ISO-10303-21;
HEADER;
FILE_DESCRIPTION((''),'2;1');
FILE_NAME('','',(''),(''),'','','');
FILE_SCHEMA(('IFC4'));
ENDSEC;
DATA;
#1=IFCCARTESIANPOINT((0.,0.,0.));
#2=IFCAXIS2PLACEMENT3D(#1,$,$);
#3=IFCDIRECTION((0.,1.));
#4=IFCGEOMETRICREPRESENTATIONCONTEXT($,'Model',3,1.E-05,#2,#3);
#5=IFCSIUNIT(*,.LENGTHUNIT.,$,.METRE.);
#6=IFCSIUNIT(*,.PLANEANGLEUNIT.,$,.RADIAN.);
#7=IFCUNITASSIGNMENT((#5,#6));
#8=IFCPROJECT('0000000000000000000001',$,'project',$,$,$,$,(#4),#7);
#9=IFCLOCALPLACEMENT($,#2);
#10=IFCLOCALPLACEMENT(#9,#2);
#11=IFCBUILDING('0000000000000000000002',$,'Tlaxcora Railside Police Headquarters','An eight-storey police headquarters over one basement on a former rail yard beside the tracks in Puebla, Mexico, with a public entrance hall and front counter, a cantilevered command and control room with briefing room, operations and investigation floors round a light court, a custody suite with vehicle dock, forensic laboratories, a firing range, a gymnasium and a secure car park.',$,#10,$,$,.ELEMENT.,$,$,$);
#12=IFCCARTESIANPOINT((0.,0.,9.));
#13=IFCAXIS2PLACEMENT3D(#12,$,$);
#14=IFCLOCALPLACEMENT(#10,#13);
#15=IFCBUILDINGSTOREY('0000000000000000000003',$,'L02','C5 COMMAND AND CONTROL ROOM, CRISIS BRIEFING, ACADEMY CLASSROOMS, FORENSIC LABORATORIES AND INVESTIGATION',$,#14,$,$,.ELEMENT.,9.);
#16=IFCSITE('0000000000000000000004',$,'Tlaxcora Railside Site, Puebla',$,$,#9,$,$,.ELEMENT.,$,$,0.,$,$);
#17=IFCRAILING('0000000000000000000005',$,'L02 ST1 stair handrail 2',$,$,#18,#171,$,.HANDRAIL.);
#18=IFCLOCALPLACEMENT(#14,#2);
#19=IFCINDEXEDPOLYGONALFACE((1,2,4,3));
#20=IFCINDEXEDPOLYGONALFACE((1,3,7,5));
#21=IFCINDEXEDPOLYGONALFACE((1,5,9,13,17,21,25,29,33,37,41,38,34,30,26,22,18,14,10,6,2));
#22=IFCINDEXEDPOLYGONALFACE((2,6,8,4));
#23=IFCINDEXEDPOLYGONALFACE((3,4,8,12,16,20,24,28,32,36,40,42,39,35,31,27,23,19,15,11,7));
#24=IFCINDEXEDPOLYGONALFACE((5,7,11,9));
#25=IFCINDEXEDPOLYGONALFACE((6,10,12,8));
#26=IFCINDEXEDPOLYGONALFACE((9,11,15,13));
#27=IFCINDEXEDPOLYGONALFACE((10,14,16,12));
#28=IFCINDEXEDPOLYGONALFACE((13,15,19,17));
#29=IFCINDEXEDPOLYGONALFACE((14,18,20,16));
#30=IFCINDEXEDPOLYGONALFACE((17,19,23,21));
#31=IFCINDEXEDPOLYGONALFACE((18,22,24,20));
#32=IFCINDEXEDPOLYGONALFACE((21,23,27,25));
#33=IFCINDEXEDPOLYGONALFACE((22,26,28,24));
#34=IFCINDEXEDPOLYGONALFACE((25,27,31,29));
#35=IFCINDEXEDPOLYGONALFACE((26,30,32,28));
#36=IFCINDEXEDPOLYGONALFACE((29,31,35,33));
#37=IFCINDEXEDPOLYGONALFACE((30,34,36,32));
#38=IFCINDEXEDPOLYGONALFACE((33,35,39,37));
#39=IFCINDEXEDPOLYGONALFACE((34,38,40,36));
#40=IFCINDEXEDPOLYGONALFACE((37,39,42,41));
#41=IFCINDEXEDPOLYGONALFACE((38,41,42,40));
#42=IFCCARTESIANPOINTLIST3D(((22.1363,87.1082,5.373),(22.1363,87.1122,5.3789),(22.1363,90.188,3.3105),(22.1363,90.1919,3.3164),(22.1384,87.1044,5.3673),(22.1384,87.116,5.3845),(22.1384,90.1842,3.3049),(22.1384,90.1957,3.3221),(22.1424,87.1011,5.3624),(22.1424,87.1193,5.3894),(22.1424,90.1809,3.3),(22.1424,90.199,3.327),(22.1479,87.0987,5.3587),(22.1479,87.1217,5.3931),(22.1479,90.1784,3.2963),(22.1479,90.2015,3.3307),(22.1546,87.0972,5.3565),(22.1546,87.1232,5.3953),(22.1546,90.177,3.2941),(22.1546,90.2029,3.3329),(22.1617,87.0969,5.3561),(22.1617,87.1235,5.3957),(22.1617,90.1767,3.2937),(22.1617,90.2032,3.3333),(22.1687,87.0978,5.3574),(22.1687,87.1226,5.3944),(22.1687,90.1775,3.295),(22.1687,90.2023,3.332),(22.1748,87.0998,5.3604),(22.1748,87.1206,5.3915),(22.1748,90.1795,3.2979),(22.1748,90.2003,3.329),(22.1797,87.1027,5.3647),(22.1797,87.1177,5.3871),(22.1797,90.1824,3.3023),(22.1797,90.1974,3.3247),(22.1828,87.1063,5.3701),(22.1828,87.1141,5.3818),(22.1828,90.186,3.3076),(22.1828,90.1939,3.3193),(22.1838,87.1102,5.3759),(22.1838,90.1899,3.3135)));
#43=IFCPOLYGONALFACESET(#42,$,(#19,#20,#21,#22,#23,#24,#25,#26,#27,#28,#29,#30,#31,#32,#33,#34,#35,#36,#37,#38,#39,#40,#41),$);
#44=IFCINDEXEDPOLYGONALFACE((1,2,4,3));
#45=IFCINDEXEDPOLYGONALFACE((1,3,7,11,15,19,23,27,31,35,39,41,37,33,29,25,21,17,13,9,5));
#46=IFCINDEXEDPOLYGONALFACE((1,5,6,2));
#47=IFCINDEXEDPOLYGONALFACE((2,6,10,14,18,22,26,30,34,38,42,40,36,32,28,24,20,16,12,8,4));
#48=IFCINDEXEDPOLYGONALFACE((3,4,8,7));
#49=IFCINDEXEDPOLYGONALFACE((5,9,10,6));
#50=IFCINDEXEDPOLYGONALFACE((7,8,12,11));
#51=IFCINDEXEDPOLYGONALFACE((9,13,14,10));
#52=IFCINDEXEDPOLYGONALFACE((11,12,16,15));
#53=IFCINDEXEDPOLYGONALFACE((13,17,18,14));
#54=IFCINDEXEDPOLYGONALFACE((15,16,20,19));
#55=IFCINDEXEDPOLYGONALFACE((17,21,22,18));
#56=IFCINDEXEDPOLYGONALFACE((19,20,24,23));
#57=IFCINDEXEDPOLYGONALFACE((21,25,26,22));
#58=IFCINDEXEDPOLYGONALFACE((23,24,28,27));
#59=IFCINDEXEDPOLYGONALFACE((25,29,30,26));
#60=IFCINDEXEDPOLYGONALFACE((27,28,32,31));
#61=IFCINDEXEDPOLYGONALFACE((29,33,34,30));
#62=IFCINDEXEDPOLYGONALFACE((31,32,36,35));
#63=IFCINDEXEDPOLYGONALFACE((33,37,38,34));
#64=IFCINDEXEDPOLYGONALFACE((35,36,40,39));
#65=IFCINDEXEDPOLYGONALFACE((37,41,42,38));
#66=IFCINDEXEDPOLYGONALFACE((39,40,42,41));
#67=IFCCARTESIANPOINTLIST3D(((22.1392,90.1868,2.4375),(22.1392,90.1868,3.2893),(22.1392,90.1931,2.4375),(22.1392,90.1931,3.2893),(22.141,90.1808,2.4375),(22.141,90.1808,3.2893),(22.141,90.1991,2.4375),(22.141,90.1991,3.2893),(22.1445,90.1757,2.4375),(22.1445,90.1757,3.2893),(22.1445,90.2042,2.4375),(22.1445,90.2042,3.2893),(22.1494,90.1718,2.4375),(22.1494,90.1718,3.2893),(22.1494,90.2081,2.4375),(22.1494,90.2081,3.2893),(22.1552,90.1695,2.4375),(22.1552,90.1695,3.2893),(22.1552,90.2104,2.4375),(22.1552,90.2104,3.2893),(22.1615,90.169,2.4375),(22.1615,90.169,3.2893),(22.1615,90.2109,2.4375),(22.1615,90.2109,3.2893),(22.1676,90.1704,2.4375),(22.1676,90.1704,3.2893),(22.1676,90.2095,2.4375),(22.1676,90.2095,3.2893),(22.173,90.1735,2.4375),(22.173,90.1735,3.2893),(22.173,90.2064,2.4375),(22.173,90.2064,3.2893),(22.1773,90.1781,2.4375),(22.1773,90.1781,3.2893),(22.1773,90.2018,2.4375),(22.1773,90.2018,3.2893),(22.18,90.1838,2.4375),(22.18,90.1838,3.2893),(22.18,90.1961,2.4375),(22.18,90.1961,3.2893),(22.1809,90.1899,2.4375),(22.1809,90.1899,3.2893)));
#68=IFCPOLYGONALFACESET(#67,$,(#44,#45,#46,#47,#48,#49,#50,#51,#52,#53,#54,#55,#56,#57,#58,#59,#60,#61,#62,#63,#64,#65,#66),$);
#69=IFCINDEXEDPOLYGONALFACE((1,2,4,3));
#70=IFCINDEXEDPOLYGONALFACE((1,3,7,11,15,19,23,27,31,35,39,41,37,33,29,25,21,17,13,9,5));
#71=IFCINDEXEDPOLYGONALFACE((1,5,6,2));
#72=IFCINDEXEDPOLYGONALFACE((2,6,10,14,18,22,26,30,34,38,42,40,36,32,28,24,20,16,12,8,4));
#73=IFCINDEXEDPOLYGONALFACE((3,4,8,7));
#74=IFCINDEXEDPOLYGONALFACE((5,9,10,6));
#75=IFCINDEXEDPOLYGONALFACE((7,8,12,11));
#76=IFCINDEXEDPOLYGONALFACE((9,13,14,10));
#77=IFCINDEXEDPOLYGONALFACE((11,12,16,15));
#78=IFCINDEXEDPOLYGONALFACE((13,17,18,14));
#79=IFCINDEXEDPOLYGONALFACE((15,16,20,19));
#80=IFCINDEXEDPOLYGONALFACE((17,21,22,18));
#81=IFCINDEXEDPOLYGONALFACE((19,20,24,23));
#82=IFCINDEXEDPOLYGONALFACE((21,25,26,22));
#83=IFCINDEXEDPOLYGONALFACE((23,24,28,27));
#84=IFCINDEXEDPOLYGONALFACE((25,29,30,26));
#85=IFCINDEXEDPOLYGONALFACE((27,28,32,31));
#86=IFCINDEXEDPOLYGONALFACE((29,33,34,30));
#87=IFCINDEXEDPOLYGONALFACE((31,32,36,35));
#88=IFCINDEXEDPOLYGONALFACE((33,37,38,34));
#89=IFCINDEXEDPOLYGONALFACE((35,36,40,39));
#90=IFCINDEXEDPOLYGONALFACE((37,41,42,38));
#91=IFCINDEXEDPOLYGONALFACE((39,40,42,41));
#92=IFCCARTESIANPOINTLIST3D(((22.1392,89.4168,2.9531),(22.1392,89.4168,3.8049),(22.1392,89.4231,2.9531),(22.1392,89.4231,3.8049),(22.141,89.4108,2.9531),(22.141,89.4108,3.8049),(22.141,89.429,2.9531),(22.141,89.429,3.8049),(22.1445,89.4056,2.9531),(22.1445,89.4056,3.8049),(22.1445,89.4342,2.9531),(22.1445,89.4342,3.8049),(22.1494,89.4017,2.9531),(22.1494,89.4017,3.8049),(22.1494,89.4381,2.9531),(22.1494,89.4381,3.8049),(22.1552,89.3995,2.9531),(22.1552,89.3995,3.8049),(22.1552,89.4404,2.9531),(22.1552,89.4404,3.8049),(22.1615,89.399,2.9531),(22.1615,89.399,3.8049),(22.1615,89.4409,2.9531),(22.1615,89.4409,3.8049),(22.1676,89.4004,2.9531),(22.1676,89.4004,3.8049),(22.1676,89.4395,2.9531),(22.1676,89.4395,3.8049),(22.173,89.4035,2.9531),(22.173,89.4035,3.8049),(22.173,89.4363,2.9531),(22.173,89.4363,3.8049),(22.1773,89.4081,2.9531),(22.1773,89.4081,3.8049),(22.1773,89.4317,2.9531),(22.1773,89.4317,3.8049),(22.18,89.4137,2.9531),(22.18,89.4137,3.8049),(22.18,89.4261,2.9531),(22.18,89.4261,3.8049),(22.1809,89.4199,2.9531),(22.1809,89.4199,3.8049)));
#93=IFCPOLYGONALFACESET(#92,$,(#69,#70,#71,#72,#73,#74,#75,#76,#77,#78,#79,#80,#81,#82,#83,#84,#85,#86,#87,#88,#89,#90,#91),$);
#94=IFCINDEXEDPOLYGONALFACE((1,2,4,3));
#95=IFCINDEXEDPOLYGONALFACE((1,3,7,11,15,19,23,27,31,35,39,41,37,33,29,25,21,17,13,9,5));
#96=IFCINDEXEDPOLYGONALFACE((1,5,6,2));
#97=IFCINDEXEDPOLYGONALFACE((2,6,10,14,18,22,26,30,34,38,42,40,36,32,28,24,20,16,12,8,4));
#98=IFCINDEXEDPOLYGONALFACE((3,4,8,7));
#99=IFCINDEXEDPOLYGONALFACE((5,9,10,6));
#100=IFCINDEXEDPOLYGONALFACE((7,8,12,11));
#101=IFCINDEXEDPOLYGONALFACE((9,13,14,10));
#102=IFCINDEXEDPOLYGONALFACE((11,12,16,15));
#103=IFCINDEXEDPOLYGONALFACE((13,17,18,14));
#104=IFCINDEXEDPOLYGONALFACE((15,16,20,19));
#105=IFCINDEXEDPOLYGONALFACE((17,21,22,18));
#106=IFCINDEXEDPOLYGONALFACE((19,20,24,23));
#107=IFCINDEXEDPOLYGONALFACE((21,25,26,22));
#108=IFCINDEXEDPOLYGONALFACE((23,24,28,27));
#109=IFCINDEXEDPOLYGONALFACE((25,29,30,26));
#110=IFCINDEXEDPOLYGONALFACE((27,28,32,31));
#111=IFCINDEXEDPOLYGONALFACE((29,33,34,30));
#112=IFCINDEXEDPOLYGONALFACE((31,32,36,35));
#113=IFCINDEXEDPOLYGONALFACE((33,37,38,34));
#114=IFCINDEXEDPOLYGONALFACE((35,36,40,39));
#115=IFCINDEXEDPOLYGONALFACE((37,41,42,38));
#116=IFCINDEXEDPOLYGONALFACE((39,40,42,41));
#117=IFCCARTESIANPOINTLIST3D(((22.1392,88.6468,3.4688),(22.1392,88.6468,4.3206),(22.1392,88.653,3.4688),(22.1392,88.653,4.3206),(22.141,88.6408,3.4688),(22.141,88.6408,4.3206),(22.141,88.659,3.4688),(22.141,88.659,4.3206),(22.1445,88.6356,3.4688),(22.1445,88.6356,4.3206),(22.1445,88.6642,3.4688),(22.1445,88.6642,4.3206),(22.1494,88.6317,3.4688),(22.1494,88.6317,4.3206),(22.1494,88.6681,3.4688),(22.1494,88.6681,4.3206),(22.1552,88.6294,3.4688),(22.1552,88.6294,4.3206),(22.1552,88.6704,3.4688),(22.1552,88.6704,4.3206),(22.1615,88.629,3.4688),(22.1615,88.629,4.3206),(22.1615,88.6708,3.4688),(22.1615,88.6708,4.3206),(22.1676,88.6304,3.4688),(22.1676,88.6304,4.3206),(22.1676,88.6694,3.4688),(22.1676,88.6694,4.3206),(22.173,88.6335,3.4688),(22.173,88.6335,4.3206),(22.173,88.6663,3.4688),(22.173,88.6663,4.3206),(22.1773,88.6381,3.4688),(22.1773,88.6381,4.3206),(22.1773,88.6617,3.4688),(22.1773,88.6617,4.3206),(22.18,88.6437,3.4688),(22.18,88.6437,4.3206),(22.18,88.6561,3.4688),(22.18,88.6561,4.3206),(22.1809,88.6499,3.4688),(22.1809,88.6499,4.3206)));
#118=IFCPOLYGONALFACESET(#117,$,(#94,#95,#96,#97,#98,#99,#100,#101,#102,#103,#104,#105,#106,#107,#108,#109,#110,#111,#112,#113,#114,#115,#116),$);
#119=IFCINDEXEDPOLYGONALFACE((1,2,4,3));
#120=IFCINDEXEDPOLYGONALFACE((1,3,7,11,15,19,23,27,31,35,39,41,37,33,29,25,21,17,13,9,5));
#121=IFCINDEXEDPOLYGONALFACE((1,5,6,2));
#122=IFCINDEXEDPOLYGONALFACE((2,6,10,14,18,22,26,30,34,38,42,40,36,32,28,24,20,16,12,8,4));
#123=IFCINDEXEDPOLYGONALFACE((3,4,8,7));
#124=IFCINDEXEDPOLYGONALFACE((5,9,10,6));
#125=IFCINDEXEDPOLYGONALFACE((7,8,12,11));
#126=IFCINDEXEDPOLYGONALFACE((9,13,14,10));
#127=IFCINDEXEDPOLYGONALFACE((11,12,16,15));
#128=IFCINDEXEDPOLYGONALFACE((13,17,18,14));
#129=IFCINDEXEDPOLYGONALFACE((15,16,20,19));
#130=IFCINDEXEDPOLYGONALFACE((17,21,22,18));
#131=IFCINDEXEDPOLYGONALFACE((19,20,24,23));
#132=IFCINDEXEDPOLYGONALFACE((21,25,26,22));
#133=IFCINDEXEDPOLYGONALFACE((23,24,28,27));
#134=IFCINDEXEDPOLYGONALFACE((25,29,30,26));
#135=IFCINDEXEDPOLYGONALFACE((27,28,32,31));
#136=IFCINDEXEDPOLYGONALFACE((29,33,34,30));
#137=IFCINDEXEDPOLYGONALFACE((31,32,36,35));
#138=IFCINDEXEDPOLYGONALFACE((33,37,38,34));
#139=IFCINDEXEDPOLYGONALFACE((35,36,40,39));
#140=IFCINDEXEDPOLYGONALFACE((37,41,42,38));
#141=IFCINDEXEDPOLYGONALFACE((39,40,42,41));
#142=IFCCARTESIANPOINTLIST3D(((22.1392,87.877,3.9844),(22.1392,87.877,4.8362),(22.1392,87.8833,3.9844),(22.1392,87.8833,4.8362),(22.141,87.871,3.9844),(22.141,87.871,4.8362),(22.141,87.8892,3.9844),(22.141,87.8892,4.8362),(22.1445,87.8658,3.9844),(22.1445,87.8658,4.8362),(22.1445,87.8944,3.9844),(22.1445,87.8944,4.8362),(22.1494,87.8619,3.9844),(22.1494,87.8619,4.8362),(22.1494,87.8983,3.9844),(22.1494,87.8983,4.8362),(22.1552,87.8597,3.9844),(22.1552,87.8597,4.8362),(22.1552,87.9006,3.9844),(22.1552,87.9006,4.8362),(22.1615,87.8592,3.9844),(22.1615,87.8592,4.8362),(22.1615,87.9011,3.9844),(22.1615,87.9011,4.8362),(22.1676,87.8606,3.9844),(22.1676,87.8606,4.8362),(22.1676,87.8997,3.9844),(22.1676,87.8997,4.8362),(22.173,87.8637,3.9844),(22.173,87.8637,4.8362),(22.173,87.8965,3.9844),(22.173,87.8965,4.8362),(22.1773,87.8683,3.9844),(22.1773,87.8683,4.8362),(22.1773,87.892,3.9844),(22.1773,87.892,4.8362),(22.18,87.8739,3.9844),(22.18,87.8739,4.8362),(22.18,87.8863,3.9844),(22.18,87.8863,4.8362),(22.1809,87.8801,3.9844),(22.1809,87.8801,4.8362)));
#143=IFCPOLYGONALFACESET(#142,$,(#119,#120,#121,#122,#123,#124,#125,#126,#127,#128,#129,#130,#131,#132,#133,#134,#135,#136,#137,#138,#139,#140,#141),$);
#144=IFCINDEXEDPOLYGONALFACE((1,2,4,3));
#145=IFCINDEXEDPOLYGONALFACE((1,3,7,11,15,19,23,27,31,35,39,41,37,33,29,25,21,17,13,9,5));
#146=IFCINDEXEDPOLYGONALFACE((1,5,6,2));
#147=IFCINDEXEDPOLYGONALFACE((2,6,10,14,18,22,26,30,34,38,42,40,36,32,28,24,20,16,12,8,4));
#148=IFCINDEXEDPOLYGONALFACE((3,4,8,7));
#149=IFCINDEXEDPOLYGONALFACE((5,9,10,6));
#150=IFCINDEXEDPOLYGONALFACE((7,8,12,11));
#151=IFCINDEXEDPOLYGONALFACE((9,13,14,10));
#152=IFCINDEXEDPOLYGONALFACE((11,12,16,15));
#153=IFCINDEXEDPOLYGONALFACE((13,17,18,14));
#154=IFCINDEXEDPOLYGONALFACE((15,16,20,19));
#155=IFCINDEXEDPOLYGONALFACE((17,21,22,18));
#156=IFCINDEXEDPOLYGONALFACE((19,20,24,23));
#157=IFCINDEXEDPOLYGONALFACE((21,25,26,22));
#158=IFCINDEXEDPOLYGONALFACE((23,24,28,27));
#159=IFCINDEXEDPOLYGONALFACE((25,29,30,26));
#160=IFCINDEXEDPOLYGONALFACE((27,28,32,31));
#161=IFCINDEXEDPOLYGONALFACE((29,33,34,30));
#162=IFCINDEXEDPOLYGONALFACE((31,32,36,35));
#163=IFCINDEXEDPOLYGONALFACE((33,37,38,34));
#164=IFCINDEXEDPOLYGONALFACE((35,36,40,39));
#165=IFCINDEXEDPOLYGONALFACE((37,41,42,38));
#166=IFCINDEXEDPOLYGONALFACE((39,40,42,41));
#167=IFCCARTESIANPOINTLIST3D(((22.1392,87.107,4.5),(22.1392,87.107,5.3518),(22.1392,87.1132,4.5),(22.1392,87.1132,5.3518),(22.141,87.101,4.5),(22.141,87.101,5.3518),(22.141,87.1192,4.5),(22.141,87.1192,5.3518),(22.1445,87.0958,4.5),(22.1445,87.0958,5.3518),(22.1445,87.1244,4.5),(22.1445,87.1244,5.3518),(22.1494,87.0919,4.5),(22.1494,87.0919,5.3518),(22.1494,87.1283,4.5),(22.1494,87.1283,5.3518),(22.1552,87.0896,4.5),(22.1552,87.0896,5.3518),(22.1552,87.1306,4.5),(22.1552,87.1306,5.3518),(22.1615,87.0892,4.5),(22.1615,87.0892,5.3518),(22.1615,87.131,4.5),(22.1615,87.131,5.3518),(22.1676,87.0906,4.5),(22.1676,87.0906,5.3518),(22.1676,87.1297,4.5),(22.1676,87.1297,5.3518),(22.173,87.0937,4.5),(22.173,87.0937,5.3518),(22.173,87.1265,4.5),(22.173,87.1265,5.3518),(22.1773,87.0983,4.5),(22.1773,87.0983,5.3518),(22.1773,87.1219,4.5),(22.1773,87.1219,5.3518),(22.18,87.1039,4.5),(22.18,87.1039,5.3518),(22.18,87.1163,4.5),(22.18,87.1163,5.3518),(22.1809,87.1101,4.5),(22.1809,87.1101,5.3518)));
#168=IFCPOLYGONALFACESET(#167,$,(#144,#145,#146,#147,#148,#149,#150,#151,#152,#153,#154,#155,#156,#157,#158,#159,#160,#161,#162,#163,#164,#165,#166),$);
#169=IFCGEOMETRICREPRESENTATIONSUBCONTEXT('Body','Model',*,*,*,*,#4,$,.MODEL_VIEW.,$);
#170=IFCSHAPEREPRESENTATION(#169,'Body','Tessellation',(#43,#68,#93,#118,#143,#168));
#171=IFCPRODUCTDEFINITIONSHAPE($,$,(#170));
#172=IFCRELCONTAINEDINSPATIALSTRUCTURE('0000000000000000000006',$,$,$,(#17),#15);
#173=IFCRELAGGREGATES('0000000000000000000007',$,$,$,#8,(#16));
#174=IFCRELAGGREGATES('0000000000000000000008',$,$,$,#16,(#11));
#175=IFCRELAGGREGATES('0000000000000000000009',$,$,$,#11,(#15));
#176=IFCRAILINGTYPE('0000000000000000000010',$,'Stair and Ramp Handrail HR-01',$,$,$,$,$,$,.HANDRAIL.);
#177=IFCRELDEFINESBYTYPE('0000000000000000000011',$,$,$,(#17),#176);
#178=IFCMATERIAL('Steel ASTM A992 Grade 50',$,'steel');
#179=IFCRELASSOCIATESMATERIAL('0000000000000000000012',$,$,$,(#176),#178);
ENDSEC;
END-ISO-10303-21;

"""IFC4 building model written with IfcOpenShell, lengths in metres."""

from ifc_helpers import new_model, si_unit, direction, frame, origin, origin_2d, place, context, subcontext, project, spatial, circle, extrude, material, type_object, element, save


model = new_model("IFC4")

# Units and contexts
model_context = context("Model", 3, precision=1e-05, world=origin(), true_north=direction((0.0, 1.0)))
body_context = subcontext(model_context, "Body", "Model", "MODEL_VIEW")
ifc_project = project(units=[si_unit("LENGTHUNIT", "METRE"), si_unit("PLANEANGLEUNIT", "RADIAN")], contexts=[model_context])

# Site, building, storey
site_placement = place(None, origin())
site = spatial("IfcSite", under=ifc_project, at=site_placement, Name="Tlaxcora Railside Site, Puebla", CompositionType="ELEMENT", RefElevation=0.0)
building_placement = place(site_placement, origin())
building = spatial("IfcBuilding", under=site, at=building_placement, Name="Tlaxcora Railside Police Headquarters", Description="An eight-storey police headquarters over one basement on a former rail yard beside the tracks in Puebla, Mexico, with a public entrance hall and front counter, a cantilevered command and control room with briefing room, operations and investigation floors round a light court, a custody suite with vehicle dock, forensic laboratories, a firing range, a gymnasium and a secure car park.", CompositionType="ELEMENT")
storey_placement = place(building_placement, frame((0.0, 0.0, 9.0)))
storey = spatial("IfcBuildingStorey", under=building, at=storey_placement, Name="L02", Description="C5 COMMAND AND CONTROL ROOM, CRISIS BRIEFING, ACADEMY CLASSROOMS, FORENSIC LABORATORIES AND INVESTIGATION", CompositionType="ELEMENT", Elevation=9.0)

# Shared definitions
ifc_material_1 = material(Name="Steel ASTM A992 Grade 50", Category="steel")

# Railing
railing_type_1 = type_object("IfcRailingType", Name="Stair and Ramp Handrail HR-01", PredefinedType="HANDRAIL", material=ifc_material_1)
railing_1_placement = place(storey_placement, frame((22.1599, 90.1899, 2.4375)))
element("IfcRailing", 1, at=railing_1_placement, inside=storey, type_object=railing_type_1, Name="L02 ST1 stair handrail 2", PredefinedType="HANDRAIL", context=body_context, shape_type="SweptSolid", body=[
    extrude(circle(Radius=0.0239, at=origin_2d()), frame((0.0, 0.0, 0.876), z_axis=(0.0, -0.830893, 0.556432), x_axis=(1.0, 0.0, 0.0)), (0.0, 0.0, 1.0), 3.7065),
    extrude(circle(Radius=0.021, at=origin_2d()), origin(), (0.0, 0.0, 1.0), 0.8518),
    extrude(circle(Radius=0.021, at=origin_2d()), frame((0.0, -0.77, 0.5156)), (0.0, 0.0, 1.0), 0.8518),
    extrude(circle(Radius=0.021, at=origin_2d()), frame((0.0, -1.54, 1.0312)), (0.0, 0.0, 1.0), 0.8518),
    extrude(circle(Radius=0.021, at=origin_2d()), frame((0.0, -2.3098, 1.5469)), (0.0, 0.0, 1.0), 0.8518),
    extrude(circle(Radius=0.021, at=origin_2d()), frame((0.0, -3.0798, 2.0625)), (0.0, 0.0, 1.0), 0.8518),
])

save(model, "model.ifc")
